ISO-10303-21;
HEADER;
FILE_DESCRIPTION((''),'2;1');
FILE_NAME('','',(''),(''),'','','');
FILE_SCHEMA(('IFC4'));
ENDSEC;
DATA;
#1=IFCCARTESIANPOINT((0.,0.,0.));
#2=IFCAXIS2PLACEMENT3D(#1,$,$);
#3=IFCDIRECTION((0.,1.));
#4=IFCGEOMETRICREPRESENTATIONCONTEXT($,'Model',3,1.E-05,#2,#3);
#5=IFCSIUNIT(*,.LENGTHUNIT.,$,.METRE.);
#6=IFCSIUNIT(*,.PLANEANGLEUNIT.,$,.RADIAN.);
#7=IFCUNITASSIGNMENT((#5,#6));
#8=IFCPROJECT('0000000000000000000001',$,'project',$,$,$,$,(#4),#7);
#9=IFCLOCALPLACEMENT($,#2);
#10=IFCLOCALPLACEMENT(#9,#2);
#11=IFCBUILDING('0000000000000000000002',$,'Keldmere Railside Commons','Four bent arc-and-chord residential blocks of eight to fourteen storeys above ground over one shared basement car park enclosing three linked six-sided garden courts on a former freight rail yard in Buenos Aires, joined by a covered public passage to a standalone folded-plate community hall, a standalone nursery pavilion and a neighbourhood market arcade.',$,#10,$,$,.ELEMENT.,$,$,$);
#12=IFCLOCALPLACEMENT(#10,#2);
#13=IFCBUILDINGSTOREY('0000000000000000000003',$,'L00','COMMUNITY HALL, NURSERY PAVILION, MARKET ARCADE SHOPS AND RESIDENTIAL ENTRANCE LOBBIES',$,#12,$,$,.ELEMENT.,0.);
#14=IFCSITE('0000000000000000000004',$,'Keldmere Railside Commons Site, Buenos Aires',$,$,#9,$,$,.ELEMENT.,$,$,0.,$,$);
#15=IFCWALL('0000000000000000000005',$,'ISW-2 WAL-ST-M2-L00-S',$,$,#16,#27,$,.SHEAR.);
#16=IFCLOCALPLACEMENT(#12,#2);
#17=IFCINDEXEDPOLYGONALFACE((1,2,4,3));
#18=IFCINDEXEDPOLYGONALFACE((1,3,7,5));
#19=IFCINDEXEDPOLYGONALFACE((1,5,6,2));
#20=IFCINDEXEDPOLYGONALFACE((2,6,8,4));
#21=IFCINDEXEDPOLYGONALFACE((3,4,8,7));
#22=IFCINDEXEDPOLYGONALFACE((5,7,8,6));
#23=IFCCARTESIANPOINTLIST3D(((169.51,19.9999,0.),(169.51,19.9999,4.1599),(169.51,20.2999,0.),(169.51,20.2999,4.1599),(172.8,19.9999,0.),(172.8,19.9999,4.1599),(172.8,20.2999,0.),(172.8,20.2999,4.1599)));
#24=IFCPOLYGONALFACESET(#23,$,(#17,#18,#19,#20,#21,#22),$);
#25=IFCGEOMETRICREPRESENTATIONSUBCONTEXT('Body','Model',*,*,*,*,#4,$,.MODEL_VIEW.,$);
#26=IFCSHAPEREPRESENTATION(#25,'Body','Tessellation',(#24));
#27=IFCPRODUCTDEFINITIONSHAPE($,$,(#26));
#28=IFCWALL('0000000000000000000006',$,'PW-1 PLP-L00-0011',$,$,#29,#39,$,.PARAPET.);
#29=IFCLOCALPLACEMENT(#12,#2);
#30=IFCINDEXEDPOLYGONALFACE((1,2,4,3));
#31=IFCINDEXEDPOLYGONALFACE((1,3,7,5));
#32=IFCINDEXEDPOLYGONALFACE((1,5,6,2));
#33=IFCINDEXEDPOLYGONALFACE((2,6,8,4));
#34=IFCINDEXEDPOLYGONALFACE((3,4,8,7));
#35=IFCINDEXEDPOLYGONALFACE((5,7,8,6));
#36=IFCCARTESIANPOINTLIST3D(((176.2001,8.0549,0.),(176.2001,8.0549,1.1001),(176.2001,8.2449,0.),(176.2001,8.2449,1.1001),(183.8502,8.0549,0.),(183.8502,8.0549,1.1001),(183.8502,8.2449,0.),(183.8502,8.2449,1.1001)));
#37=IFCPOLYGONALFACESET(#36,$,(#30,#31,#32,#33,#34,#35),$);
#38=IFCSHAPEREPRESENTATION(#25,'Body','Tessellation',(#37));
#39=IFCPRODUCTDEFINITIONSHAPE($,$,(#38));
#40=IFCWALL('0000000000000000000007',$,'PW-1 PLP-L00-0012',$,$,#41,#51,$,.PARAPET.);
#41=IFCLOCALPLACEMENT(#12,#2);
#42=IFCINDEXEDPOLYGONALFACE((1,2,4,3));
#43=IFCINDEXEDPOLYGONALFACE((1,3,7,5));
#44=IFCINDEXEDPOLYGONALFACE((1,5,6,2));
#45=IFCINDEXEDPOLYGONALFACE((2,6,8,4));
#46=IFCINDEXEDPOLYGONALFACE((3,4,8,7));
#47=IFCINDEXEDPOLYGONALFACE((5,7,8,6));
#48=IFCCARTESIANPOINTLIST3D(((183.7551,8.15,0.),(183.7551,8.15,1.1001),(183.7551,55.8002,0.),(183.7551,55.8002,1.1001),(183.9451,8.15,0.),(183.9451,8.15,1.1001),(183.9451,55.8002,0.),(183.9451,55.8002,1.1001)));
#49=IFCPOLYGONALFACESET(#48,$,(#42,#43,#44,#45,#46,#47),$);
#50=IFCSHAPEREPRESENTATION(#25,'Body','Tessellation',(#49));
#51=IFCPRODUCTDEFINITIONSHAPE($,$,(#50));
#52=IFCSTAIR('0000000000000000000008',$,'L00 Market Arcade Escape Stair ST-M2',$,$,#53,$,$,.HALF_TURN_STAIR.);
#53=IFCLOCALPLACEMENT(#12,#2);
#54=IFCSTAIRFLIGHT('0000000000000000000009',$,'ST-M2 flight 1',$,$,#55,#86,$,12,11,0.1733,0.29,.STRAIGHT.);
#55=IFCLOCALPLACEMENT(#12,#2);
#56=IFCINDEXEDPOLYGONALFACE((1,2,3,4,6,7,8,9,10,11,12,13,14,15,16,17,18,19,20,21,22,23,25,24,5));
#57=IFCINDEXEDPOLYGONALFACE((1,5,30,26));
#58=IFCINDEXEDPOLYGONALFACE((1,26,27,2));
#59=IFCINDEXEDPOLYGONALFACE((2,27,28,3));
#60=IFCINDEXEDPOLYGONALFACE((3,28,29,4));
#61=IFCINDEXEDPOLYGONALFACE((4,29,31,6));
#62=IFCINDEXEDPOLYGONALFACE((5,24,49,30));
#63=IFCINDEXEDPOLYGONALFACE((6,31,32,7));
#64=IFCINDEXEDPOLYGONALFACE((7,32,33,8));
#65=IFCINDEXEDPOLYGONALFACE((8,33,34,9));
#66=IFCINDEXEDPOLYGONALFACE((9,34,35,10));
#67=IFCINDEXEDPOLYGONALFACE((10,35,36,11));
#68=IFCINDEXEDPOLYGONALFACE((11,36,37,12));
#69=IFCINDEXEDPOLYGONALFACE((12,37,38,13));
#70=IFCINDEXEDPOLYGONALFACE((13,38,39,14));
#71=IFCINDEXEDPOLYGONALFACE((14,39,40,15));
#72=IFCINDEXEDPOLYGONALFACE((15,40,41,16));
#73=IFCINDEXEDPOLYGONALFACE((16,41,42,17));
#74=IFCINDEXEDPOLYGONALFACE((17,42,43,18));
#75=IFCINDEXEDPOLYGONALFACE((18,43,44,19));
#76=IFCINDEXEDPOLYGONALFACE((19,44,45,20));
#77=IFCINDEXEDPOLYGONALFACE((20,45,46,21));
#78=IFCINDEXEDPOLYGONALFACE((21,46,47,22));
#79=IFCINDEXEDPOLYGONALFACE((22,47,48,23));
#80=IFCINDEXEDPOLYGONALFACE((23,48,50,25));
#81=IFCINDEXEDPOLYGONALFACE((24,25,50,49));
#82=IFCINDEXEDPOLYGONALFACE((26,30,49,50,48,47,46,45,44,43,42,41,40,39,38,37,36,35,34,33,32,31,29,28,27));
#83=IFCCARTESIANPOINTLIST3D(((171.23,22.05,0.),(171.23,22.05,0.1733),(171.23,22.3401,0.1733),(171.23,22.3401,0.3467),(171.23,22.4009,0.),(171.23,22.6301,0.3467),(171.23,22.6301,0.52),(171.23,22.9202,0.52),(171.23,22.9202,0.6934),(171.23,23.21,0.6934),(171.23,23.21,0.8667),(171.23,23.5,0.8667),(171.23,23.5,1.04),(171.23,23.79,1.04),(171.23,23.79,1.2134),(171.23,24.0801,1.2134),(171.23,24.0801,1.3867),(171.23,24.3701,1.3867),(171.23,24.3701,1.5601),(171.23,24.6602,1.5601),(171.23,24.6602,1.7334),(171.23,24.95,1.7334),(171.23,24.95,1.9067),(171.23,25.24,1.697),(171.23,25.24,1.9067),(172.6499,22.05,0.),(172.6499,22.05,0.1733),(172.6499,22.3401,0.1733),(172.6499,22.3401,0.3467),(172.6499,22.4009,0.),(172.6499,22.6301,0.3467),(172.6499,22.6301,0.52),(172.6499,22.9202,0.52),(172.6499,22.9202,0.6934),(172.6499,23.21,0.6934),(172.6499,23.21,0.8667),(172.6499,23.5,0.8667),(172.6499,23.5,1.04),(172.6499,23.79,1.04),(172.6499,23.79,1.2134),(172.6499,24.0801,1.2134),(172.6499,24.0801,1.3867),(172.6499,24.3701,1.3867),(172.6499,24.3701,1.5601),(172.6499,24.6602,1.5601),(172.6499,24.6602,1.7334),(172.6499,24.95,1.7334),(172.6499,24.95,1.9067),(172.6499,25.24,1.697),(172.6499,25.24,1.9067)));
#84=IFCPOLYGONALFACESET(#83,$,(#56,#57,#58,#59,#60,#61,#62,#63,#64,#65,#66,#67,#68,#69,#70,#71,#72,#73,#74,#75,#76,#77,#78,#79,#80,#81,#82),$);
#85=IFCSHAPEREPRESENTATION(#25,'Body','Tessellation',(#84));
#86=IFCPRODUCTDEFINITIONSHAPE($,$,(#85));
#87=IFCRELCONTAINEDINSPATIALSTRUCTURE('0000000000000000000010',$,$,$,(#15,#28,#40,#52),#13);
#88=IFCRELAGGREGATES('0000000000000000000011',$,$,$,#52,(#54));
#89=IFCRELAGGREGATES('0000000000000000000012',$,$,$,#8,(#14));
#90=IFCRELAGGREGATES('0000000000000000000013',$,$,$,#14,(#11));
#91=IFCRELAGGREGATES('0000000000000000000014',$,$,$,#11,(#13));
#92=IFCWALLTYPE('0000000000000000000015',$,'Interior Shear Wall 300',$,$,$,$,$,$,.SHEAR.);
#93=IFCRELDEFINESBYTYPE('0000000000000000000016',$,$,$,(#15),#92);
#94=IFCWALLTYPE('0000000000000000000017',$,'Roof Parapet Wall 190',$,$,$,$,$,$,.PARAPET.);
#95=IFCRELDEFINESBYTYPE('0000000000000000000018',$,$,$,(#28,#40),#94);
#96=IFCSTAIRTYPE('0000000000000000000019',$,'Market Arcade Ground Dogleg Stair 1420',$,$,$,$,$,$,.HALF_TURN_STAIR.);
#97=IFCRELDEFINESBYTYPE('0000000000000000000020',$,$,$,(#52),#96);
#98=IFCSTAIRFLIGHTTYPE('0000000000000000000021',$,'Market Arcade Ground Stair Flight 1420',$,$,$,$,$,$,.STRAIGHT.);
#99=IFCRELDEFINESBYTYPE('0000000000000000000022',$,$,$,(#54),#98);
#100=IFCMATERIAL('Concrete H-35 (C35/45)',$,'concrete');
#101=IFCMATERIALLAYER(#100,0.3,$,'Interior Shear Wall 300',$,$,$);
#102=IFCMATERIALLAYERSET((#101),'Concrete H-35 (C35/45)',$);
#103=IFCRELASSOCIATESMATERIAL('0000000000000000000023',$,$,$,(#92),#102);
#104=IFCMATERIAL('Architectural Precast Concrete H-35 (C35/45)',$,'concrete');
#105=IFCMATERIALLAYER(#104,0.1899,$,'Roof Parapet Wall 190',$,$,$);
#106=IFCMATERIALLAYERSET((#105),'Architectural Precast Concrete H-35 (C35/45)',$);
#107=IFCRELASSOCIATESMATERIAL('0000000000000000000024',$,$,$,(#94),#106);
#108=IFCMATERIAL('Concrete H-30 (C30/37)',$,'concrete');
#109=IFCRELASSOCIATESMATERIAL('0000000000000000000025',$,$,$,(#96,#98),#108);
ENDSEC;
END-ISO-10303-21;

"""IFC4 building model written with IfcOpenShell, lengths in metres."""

from ifc_helpers import new_model, si_unit, direction, frame, frame_2d, origin, place, context, subcontext, project, spatial, polyline, rectangle, outline, extrude, material, layer, layer_set, type_object, element, aggregate, save


model = new_model("IFC4")

# Units and contexts
model_context = context("Model", 3, precision=1e-05, world=origin(), true_north=direction((0.0, 1.0)))
body_context = subcontext(model_context, "Body", "Model", "MODEL_VIEW")
ifc_project = project(units=[si_unit("LENGTHUNIT", "METRE"), si_unit("PLANEANGLEUNIT", "RADIAN")], contexts=[model_context])

# Site, building, storey
site_placement = place(None, origin())
site = spatial("IfcSite", under=ifc_project, at=site_placement, Name="Keldmere Railside Commons Site, Buenos Aires", CompositionType="ELEMENT", RefElevation=0.0)
building_placement = place(site_placement, origin())
building = spatial("IfcBuilding", under=site, at=building_placement, Name="Keldmere Railside Commons", Description="Four bent arc-and-chord residential blocks of eight to fourteen storeys above ground over one shared basement car park enclosing three linked six-sided garden courts on a former freight rail yard in Buenos Aires, joined by a covered public passage to a standalone folded-plate community hall, a standalone nursery pavilion and a neighbourhood market arcade.", CompositionType="ELEMENT")
storey_placement = place(building_placement, origin())
storey = spatial("IfcBuildingStorey", under=building, at=storey_placement, Name="L00", Description="COMMUNITY HALL, NURSERY PAVILION, MARKET ARCADE SHOPS AND RESIDENTIAL ENTRANCE LOBBIES", CompositionType="ELEMENT", Elevation=0.0)

# Shared definitions
ifc_material_1 = material(Name="Concrete H-30 (C30/37)", Category="concrete")

# Walls
ifc_material_2 = material(Name="Concrete H-35 (C35/45)", Category="concrete")
ifc_layer_1 = layer(ifc_material_2, 0.3, Name="Interior Shear Wall 300")
ifc_layer_set_1 = layer_set([ifc_layer_1], Name="Concrete H-35 (C35/45)")
wall_type_1 = type_object("IfcWallType", Name="Interior Shear Wall 300", PredefinedType="SHEAR", material=ifc_layer_set_1)
wall_1_placement = place(storey_placement, frame((172.8, 20.1499, 0.0), z_axis=(0.0, 0.0, 1.0), x_axis=(-1.0, 0.0, 0.0)))
element("IfcWall", 1, at=wall_1_placement, inside=storey, type_object=wall_type_1, Name="ISW-2 WAL-ST-M2-L00-S", PredefinedType="SHEAR", context=body_context, shape_type="SweptSolid", body=[
    extrude(rectangle(XDim=3.29, YDim=0.3, at=frame_2d((1.645, 0.0))), origin(), (0.0, 0.0, 1.0), 4.1599),
])
ifc_material_3 = material(Name="Architectural Precast Concrete H-35 (C35/45)", Category="concrete")
ifc_layer_2 = layer(ifc_material_3, 0.1899, Name="Roof Parapet Wall 190")
ifc_layer_set_2 = layer_set([ifc_layer_2], Name="Architectural Precast Concrete H-35 (C35/45)")
wall_type_2 = type_object("IfcWallType", Name="Roof Parapet Wall 190", PredefinedType="PARAPET", material=ifc_layer_set_2)
wall_2_placement = place(storey_placement, frame((176.2, 8.1499, 0.0), z_axis=(0.0, 0.0, 1.0), x_axis=(1.0, 0.0, 0.0)))
element("IfcWall", 2, at=wall_2_placement, inside=storey, type_object=wall_type_2, Name="PW-1 PLP-L00-0011", PredefinedType="PARAPET", context=body_context, shape_type="SweptSolid", body=[
    extrude(rectangle(XDim=7.6501, YDim=0.1899, at=frame_2d((3.8252, 0.0))), origin(), (0.0, 0.0, 1.0), 1.1001),
])
wall_3_placement = place(storey_placement, frame((183.8501, 8.1499, 0.0), z_axis=(0.0, 0.0, 1.0), x_axis=(0.0, 1.0, 0.0)))
element("IfcWall", 3, at=wall_3_placement, inside=storey, type_object=wall_type_2, Name="PW-1 PLP-L00-0012", PredefinedType="PARAPET", context=body_context, shape_type="SweptSolid", body=[
    extrude(rectangle(XDim=47.6501, YDim=0.1899, at=frame_2d((23.8252, 0.0))), origin(), (0.0, 0.0, 1.0), 1.1001),
])

# Stair, stair flight
stair_type = type_object("IfcStairType", Name="Market Arcade Ground Dogleg Stair 1420", PredefinedType="HALF_TURN_STAIR", material=ifc_material_1)
stair_placement = place(storey_placement, origin())
stair = element("IfcStair", 4, at=stair_placement, inside=storey, type_object=stair_type, Name="L00 Market Arcade Escape Stair ST-M2", PredefinedType="HALF_TURN_STAIR")
stair_flight_type = type_object("IfcStairFlightType", Name="Market Arcade Ground Stair Flight 1420", PredefinedType="STRAIGHT", material=ifc_material_1)
stair_flight_placement = place(storey_placement, frame((171.9399, 22.05, 0.0), z_axis=(0.0, 0.0, 1.0), x_axis=(0.0, 1.0, 0.0)))
stair_flight = element("IfcStairFlight", 5, at=stair_flight_placement, type_object=stair_flight_type, Name="ST-M2 flight 1", NumberOfRisers=12, NumberOfTreads=11, PredefinedType="STRAIGHT", RiserHeight=0.1733, TreadLength=0.29, context=body_context, shape_type="SweptSolid", body=[
    extrude(outline(polyline([(0.0, 0.0), (0.0, 0.1733), (0.29, 0.1733), (0.29, 0.3467), (0.5801, 0.3467), (0.5801, 0.52), (0.8701, 0.52), (0.8701, 0.6934), (1.1599, 0.6934), (1.1599, 0.8667), (1.45, 0.8667), (1.45, 1.04), (1.74, 1.04), (1.74, 1.2134), (2.03, 1.2134), (2.03, 1.3867), (2.3201, 1.3867), (2.3201, 1.5601), (2.6101, 1.5601), (2.6101, 1.7334), (2.8999, 1.7334), (2.8999, 1.9067), (3.1899, 1.9067), (3.1899, 2.0801), (3.1899, 1.697), (0.3508, 0.0), (0.0, 0.0)])), frame((0.0, 0.71, 0.0), z_axis=(0.0, -1.0, 0.0), x_axis=(1.0, 0.0, 0.0)), (0.0, 0.0, 1.0), 1.4199),
])
aggregate(stair, [stair_flight])

save(model, "model.ifc")
